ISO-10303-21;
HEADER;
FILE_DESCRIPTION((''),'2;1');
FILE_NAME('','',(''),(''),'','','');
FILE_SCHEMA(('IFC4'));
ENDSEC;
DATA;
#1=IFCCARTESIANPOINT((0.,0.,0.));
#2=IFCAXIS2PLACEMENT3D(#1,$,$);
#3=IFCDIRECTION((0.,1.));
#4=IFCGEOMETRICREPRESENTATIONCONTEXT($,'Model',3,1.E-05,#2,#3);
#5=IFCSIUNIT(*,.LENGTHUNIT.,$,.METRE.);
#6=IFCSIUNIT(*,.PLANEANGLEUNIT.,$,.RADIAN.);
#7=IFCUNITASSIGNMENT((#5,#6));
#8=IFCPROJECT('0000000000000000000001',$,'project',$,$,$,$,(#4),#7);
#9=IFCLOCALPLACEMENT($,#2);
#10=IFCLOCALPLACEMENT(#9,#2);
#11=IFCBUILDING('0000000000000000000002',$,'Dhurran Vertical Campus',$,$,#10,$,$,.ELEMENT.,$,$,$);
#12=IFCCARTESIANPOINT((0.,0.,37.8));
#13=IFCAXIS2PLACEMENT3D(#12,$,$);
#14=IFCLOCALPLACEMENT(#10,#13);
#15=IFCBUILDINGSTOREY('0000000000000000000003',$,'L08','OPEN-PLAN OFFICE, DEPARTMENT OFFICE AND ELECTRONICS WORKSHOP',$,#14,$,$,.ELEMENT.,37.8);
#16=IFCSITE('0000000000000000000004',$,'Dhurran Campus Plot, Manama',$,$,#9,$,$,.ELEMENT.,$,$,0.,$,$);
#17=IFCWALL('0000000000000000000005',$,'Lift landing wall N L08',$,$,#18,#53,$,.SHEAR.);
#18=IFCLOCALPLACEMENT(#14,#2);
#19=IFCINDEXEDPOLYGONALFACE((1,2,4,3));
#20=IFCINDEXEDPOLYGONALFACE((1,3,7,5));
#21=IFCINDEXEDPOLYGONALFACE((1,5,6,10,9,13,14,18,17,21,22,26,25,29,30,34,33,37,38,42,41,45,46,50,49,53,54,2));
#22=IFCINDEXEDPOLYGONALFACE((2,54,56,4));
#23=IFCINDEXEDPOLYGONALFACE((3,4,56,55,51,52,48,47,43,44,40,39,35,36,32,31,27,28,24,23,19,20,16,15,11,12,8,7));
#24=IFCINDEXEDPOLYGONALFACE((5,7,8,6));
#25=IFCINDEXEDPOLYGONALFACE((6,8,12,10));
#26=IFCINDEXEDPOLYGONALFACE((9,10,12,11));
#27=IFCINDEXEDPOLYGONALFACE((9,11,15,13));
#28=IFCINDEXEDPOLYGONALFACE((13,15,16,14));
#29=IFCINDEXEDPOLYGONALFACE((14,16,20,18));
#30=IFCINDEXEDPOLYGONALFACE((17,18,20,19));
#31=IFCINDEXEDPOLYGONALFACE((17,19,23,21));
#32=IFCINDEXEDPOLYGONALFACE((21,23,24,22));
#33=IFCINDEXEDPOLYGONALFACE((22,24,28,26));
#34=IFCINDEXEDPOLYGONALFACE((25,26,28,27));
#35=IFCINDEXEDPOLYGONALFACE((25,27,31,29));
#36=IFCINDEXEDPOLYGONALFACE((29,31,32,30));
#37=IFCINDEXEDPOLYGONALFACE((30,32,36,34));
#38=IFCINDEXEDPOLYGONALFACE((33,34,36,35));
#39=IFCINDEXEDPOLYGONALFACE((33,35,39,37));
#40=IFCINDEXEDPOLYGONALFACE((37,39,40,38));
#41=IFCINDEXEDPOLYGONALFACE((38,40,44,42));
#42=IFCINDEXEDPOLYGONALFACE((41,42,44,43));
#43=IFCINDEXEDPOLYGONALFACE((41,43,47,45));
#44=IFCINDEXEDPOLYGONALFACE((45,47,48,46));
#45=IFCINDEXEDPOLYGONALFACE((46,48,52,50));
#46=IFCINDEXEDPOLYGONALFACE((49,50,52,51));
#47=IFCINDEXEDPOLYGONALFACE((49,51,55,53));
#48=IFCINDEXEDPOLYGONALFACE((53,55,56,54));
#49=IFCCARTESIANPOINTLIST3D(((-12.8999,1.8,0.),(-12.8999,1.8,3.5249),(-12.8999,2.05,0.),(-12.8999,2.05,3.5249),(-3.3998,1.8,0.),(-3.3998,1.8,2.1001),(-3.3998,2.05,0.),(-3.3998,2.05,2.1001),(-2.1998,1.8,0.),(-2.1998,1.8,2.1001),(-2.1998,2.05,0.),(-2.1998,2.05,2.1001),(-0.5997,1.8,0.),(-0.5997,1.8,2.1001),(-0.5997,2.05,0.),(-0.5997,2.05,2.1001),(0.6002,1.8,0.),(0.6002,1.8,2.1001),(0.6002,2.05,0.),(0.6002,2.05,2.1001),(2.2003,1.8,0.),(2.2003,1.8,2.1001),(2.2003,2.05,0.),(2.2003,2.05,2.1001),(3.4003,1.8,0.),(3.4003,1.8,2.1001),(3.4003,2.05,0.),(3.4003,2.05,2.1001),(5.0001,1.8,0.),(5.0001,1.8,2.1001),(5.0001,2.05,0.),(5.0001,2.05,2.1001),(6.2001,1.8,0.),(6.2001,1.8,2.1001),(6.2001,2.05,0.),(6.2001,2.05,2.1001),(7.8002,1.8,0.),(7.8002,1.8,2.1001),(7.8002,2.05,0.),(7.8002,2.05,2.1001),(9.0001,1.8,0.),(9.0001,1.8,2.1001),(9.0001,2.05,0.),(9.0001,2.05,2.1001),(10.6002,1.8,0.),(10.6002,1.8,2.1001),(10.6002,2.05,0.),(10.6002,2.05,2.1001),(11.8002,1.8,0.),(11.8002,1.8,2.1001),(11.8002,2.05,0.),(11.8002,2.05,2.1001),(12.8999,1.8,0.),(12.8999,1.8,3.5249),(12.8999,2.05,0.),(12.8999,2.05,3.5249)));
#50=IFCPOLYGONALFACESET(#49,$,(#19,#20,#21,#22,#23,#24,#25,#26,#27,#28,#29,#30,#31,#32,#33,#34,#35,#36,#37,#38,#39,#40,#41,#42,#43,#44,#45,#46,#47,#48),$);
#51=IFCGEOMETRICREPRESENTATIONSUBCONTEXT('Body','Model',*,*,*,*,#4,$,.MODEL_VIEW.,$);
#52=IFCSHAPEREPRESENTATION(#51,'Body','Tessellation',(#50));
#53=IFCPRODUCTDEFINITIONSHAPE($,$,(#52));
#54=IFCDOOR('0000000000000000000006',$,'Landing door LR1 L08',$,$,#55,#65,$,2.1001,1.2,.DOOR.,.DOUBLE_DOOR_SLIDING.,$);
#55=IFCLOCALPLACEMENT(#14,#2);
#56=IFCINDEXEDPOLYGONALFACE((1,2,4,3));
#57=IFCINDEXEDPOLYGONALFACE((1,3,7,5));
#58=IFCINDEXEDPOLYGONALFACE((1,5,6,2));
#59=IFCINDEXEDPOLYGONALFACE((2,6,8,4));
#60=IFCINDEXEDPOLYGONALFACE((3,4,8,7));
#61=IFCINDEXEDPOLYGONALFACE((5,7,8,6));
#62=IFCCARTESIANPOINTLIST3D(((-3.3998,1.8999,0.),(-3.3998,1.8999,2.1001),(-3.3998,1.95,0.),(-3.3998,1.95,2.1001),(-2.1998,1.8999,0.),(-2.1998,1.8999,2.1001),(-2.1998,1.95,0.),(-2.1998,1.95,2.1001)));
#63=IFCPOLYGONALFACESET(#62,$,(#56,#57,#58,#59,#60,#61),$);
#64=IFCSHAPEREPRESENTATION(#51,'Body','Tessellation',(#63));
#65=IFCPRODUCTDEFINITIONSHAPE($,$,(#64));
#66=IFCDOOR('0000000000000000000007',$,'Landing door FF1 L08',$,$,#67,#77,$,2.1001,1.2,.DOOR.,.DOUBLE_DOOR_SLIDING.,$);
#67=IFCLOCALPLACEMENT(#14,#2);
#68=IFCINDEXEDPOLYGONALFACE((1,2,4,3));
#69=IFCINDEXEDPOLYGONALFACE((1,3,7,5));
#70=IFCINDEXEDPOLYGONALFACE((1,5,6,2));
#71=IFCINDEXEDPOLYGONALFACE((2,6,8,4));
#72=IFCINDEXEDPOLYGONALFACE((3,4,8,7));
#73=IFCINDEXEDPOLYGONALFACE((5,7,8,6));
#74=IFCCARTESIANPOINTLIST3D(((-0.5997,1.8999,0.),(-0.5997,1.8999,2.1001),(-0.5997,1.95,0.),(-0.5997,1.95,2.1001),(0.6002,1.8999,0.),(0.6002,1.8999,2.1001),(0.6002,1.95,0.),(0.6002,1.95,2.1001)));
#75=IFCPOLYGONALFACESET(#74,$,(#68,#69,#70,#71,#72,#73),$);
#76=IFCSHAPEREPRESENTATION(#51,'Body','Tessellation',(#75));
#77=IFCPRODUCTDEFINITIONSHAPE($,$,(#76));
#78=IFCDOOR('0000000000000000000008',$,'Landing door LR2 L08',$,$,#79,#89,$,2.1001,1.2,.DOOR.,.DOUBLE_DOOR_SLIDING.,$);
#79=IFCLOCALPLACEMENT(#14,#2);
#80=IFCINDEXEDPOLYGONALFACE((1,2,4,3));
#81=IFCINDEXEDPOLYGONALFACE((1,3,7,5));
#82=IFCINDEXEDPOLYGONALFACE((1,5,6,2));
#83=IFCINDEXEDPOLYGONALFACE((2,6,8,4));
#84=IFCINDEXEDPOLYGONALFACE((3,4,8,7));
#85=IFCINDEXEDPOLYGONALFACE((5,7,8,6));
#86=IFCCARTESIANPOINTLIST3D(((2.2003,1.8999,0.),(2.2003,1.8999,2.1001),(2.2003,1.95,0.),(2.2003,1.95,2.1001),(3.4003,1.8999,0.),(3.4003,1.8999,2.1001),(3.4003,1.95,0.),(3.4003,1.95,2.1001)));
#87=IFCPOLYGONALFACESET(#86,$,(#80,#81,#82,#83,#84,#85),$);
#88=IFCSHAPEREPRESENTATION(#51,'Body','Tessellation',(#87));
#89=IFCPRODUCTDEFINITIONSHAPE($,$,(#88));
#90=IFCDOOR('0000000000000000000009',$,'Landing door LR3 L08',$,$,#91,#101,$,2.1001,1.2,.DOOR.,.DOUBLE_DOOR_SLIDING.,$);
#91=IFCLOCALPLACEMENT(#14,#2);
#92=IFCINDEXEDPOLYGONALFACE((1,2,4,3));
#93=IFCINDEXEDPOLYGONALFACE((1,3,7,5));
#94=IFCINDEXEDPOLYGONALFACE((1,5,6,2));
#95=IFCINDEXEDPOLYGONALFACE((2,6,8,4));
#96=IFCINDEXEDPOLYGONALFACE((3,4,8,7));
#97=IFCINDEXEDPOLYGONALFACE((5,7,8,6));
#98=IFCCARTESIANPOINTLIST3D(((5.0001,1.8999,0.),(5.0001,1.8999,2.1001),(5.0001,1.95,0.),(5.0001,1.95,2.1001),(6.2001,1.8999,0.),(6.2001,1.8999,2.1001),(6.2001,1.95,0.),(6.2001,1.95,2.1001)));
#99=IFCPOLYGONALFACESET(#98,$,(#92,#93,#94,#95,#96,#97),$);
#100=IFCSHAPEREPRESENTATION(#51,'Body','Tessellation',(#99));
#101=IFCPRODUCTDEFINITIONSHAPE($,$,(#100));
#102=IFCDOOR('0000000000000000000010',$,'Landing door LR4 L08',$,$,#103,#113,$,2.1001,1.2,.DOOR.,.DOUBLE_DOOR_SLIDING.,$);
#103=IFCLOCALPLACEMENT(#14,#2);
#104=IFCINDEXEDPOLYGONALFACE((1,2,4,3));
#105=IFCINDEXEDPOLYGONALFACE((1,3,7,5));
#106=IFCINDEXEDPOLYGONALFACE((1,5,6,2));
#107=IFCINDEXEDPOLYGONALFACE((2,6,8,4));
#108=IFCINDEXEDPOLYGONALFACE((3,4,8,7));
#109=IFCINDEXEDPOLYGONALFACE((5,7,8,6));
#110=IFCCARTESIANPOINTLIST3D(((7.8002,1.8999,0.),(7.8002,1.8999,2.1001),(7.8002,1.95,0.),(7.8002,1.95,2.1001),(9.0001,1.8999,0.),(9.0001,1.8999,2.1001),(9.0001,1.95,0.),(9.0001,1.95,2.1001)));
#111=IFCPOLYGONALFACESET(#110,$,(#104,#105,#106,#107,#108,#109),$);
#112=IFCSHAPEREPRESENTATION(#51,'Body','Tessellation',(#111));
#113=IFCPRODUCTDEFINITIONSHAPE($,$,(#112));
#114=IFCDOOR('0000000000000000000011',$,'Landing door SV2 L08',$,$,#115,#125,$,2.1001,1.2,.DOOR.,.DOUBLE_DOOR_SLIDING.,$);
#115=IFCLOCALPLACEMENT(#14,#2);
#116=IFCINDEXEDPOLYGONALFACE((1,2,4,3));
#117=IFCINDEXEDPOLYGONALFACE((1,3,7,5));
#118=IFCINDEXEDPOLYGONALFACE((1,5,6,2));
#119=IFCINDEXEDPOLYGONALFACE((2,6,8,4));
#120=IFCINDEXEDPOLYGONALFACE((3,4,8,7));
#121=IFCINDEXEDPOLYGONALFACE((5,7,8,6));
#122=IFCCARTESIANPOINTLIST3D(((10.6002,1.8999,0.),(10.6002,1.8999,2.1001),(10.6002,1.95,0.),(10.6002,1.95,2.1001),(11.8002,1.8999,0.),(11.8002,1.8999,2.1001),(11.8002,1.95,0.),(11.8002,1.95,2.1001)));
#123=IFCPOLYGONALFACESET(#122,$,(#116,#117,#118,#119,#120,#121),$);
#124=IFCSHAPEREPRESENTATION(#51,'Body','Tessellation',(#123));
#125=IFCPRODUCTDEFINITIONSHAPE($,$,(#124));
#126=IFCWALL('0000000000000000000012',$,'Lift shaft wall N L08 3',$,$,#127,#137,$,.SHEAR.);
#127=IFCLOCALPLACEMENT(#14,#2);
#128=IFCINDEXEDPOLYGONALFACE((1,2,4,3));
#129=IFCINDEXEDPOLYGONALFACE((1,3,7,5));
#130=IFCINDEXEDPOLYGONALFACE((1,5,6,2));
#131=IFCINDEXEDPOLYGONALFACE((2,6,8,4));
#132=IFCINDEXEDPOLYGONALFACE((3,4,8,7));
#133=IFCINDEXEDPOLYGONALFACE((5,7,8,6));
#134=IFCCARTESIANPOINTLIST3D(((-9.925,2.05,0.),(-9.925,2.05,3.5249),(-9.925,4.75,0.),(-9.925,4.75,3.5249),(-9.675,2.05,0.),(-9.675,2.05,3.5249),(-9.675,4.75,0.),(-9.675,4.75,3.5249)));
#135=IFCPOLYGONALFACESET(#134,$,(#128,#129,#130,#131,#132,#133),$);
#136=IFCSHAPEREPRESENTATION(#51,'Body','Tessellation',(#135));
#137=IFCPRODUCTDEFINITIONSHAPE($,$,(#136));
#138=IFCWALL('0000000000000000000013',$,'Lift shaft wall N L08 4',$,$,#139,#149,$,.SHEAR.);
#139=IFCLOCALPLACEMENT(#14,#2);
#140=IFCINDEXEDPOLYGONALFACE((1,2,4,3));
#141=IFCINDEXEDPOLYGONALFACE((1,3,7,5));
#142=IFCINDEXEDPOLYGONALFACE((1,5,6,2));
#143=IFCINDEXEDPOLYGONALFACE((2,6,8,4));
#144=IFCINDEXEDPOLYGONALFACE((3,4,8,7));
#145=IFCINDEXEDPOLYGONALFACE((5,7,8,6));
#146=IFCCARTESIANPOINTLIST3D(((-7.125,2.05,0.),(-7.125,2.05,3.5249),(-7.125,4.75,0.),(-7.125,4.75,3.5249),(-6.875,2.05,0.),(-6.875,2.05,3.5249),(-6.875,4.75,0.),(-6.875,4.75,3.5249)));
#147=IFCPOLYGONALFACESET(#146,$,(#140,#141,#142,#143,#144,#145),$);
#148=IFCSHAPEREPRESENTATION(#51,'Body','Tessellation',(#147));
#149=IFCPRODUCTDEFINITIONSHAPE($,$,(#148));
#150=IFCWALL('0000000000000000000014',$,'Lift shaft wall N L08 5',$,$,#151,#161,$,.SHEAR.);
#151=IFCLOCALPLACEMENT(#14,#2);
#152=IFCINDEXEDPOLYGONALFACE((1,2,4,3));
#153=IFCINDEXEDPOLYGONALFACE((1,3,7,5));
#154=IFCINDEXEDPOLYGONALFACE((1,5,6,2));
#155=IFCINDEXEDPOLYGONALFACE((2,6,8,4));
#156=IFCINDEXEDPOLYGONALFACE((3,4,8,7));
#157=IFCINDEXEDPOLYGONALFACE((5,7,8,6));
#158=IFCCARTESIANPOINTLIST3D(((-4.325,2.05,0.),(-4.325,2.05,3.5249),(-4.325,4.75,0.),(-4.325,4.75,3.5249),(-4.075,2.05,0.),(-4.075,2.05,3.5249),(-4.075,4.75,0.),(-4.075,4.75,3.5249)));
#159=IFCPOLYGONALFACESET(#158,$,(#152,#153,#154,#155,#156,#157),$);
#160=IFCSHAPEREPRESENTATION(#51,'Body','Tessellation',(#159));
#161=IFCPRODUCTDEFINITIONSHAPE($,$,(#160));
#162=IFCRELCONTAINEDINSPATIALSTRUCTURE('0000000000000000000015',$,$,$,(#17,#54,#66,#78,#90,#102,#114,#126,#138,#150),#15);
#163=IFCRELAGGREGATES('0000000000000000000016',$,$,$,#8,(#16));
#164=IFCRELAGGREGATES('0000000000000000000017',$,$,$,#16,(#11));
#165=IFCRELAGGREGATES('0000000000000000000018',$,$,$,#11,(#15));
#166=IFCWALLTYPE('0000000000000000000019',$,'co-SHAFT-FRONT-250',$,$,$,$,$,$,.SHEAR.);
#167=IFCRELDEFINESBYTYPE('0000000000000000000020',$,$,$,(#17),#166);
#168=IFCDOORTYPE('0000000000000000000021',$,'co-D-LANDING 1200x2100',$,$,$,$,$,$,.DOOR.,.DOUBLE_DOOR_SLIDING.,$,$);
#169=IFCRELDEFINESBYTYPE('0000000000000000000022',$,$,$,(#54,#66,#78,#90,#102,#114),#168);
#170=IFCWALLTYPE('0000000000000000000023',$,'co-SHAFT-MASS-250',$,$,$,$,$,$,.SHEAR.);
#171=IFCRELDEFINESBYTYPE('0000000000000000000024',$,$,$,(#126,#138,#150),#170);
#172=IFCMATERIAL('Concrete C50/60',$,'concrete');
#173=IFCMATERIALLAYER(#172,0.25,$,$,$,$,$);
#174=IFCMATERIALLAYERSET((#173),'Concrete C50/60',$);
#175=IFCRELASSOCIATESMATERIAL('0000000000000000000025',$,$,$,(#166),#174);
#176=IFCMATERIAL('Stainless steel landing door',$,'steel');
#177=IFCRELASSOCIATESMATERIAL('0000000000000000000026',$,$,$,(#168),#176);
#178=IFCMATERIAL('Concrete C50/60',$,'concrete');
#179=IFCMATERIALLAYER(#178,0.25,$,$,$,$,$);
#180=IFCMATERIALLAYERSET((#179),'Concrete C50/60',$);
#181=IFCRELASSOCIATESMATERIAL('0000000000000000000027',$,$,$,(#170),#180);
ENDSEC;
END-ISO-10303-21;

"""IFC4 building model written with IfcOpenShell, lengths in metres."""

from ifc_helpers import new_model, si_unit, direction, frame, frame_2d, origin, place, context, subcontext, project, spatial, polyline, rectangle, outline, extrude, material, layer, layer_set, type_object, element, fill, save


model = new_model("IFC4")

# Units and contexts
model_context = context("Model", 3, precision=1e-05, world=origin(), true_north=direction((0.0, 1.0)))
body_context = subcontext(model_context, "Body", "Model", "MODEL_VIEW")
ifc_project = project(units=[si_unit("LENGTHUNIT", "METRE"), si_unit("PLANEANGLEUNIT", "RADIAN")], contexts=[model_context])

# Site, building, storey
site_placement = place(None, origin())
site = spatial("IfcSite", under=ifc_project, at=site_placement, Name="Dhurran Campus Plot, Manama", CompositionType="ELEMENT", RefElevation=0.0)
building_placement = place(site_placement, origin())
building = spatial("IfcBuilding", under=site, at=building_placement, Name="Dhurran Vertical Campus", CompositionType="ELEMENT")
storey_placement = place(building_placement, frame((0.0, 0.0, 37.8)))
storey = spatial("IfcBuildingStorey", under=building, at=storey_placement, Name="L08", Description="OPEN-PLAN OFFICE, DEPARTMENT OFFICE AND ELECTRONICS WORKSHOP", CompositionType="ELEMENT", Elevation=37.8)

# Wall, openings, doors
ifc_material_1 = material(Name="Concrete C50/60", Category="concrete")
ifc_layer_1 = layer(ifc_material_1, 0.25)
ifc_layer_set_1 = layer_set([ifc_layer_1], Name="Concrete C50/60")
wall_type_1 = type_object("IfcWallType", Name="co-SHAFT-FRONT-250", PredefinedType="SHEAR", material=ifc_layer_set_1)
wall_1_placement = place(storey_placement, frame((-12.8999, 1.925, 0.0), z_axis=(0.0, 0.0, 1.0), x_axis=(1.0, 0.0, 0.0)))
wall_1 = element("IfcWall", 1, at=wall_1_placement, inside=storey, type_object=wall_type_1, Name="Lift landing wall N L08", PredefinedType="SHEAR", context=body_context, shape_type="SweptSolid", body=[
    extrude(rectangle(XDim=25.7998, YDim=0.25, at=frame_2d((12.8999, 0.0))), origin(), (0.0, 0.0, 1.0), 3.5249),
])
opening_1_placement = place(wall_1_placement, frame((9.5, 0.0, 0.0)))
opening_1 = element("IfcOpeningElement", 2, at=opening_1_placement, cuts=wall_1, PredefinedType="OPENING", context=body_context, shape_type="SweptSolid", body=[
    extrude(rectangle(XDim=1.2, YDim=2.1001, at=frame_2d((0.6001, 1.05))), frame((0.0, 0.135, 0.0), z_axis=(0.0, -1.0, 0.0), x_axis=(1.0, 0.0, 0.0)), (0.0, 0.0, 1.0), 0.27),
])
opening_2_placement = place(wall_1_placement, frame((12.3, 0.0, 0.0)))
opening_2 = element("IfcOpeningElement", 3, at=opening_2_placement, cuts=wall_1, PredefinedType="OPENING", context=body_context, shape_type="SweptSolid", body=[
    extrude(rectangle(XDim=1.2, YDim=2.1001, at=frame_2d((0.6001, 1.05))), frame((0.0, 0.135, 0.0), z_axis=(0.0, -1.0, 0.0), x_axis=(1.0, 0.0, 0.0)), (0.0, 0.0, 1.0), 0.27),
])
opening_3_placement = place(wall_1_placement, frame((15.1001, 0.0, 0.0)))
opening_3 = element("IfcOpeningElement", 4, at=opening_3_placement, cuts=wall_1, PredefinedType="OPENING", context=body_context, shape_type="SweptSolid", body=[
    extrude(rectangle(XDim=1.2, YDim=2.1001, at=frame_2d((0.6001, 1.05))), frame((0.0, 0.135, 0.0), z_axis=(0.0, -1.0, 0.0), x_axis=(1.0, 0.0, 0.0)), (0.0, 0.0, 1.0), 0.27),
])
opening_4_placement = place(wall_1_placement, frame((17.8999, 0.0, 0.0)))
opening_4 = element("IfcOpeningElement", 5, at=opening_4_placement, cuts=wall_1, PredefinedType="OPENING", context=body_context, shape_type="SweptSolid", body=[
    extrude(rectangle(XDim=1.2, YDim=2.1001, at=frame_2d((0.6001, 1.05))), frame((0.0, 0.135, 0.0), z_axis=(0.0, -1.0, 0.0), x_axis=(1.0, 0.0, 0.0)), (0.0, 0.0, 1.0), 0.27),
])
opening_5_placement = place(wall_1_placement, frame((20.7, 0.0, 0.0)))
opening_5 = element("IfcOpeningElement", 6, at=opening_5_placement, cuts=wall_1, PredefinedType="OPENING", context=body_context, shape_type="SweptSolid", body=[
    extrude(rectangle(XDim=1.2, YDim=2.1001, at=frame_2d((0.6001, 1.05))), frame((0.0, 0.135, 0.0), z_axis=(0.0, -1.0, 0.0), x_axis=(1.0, 0.0, 0.0)), (0.0, 0.0, 1.0), 0.27),
])
opening_6_placement = place(wall_1_placement, frame((23.5, 0.0, 0.0)))
opening_6 = element("IfcOpeningElement", 7, at=opening_6_placement, cuts=wall_1, PredefinedType="OPENING", context=body_context, shape_type="SweptSolid", body=[
    extrude(rectangle(XDim=1.2, YDim=2.1001, at=frame_2d((0.6001, 1.05))), frame((0.0, 0.135, 0.0), z_axis=(0.0, -1.0, 0.0), x_axis=(1.0, 0.0, 0.0)), (0.0, 0.0, 1.0), 0.27),
])
ifc_material_2 = material(Name="Stainless steel landing door", Category="steel")
door_type_1 = type_object("IfcDoorType", Name="co-D-LANDING 1200x2100", OperationType="DOUBLE_DOOR_SLIDING", PredefinedType="DOOR", material=ifc_material_2)
door_1_placement = place(opening_1_placement, origin())
door_1 = element("IfcDoor", 8, at=door_1_placement, inside=storey, type_object=door_type_1, Name="Landing door LR1 L08", OperationType="DOUBLE_DOOR_SLIDING", OverallHeight=2.1001, OverallWidth=1.2, PredefinedType="DOOR", context=body_context, shape_type="SweptSolid", body=[
    extrude(rectangle(XDim=1.2, YDim=2.1001, at=frame_2d((0.6001, 1.05))), frame((0.0, 0.0249, 0.0), z_axis=(0.0, -1.0, 0.0), x_axis=(1.0, 0.0, 0.0)), (0.0, 0.0, 1.0), 0.05),
])
fill(opening_1, door_1)
door_2_placement = place(opening_2_placement, origin())
door_2 = element("IfcDoor", 9, at=door_2_placement, inside=storey, type_object=door_type_1, Name="Landing door FF1 L08", OperationType="DOUBLE_DOOR_SLIDING", OverallHeight=2.1001, OverallWidth=1.2, PredefinedType="DOOR", context=body_context, shape_type="SweptSolid", body=[
    extrude(rectangle(XDim=1.2, YDim=2.1001, at=frame_2d((0.6001, 1.05))), frame((0.0, 0.0249, 0.0), z_axis=(0.0, -1.0, 0.0), x_axis=(1.0, 0.0, 0.0)), (0.0, 0.0, 1.0), 0.05),
])
fill(opening_2, door_2)
door_3_placement = place(opening_3_placement, origin())
door_3 = element("IfcDoor", 10, at=door_3_placement, inside=storey, type_object=door_type_1, Name="Landing door LR2 L08", OperationType="DOUBLE_DOOR_SLIDING", OverallHeight=2.1001, OverallWidth=1.2, PredefinedType="DOOR", context=body_context, shape_type="SweptSolid", body=[
    extrude(rectangle(XDim=1.2, YDim=2.1001, at=frame_2d((0.6001, 1.05))), frame((0.0, 0.0249, 0.0), z_axis=(0.0, -1.0, 0.0), x_axis=(1.0, 0.0, 0.0)), (0.0, 0.0, 1.0), 0.05),
])
fill(opening_3, door_3)
door_4_placement = place(opening_4_placement, origin())
door_4 = element("IfcDoor", 11, at=door_4_placement, inside=storey, type_object=door_type_1, Name="Landing door LR3 L08", OperationType="DOUBLE_DOOR_SLIDING", OverallHeight=2.1001, OverallWidth=1.2, PredefinedType="DOOR", context=body_context, shape_type="SweptSolid", body=[
    extrude(rectangle(XDim=1.2, YDim=2.1001, at=frame_2d((0.6001, 1.05))), frame((0.0, 0.0249, 0.0), z_axis=(0.0, -1.0, 0.0), x_axis=(1.0, 0.0, 0.0)), (0.0, 0.0, 1.0), 0.05),
])
fill(opening_4, door_4)
door_5_placement = place(opening_5_placement, origin())
door_5 = element("IfcDoor", 12, at=door_5_placement, inside=storey, type_object=door_type_1, Name="Landing door LR4 L08", OperationType="DOUBLE_DOOR_SLIDING", OverallHeight=2.1001, OverallWidth=1.2, PredefinedType="DOOR", context=body_context, shape_type="SweptSolid", body=[
    extrude(rectangle(XDim=1.2, YDim=2.1001, at=frame_2d((0.6001, 1.05))), frame((0.0, 0.0249, 0.0), z_axis=(0.0, -1.0, 0.0), x_axis=(1.0, 0.0, 0.0)), (0.0, 0.0, 1.0), 0.05),
])
fill(opening_5, door_5)
door_6_placement = place(opening_6_placement, origin())
door_6 = element("IfcDoor", 13, at=door_6_placement, inside=storey, type_object=door_type_1, Name="Landing door SV2 L08", OperationType="DOUBLE_DOOR_SLIDING", OverallHeight=2.1001, OverallWidth=1.2, PredefinedType="DOOR", context=body_context, shape_type="SweptSolid", body=[
    extrude(rectangle(XDim=1.2, YDim=2.1001, at=frame_2d((0.6001, 1.05))), frame((0.0, 0.0249, 0.0), z_axis=(0.0, -1.0, 0.0), x_axis=(1.0, 0.0, 0.0)), (0.0, 0.0, 1.0), 0.05),
])
fill(opening_6, door_6)

# Walls
ifc_material_3 = material(Name="Concrete C50/60", Category="concrete")
ifc_layer_2 = layer(ifc_material_3, 0.25)
ifc_layer_set_2 = layer_set([ifc_layer_2], Name="Concrete C50/60")
wall_type_2 = type_object("IfcWallType", Name="co-SHAFT-MASS-250", PredefinedType="SHEAR", material=ifc_layer_set_2)
wall_2_placement = place(storey_placement, origin())
element("IfcWall", 14, at=wall_2_placement, inside=storey, type_object=wall_type_2, Name="Lift shaft wall N L08 3", PredefinedType="SHEAR", context=body_context, shape_type="SweptSolid", body=[
    extrude(outline(polyline([(-9.925, 2.05), (-9.675, 2.05), (-9.675, 4.75), (-9.925, 4.75), (-9.925, 2.05)])), origin(), (0.0, 0.0, 1.0), 3.5249),
])
wall_3_placement = place(storey_placement, origin())
element("IfcWall", 15, at=wall_3_placement, inside=storey, type_object=wall_type_2, Name="Lift shaft wall N L08 4", PredefinedType="SHEAR", context=body_context, shape_type="SweptSolid", body=[
    extrude(outline(polyline([(-7.125, 2.05), (-6.875, 2.05), (-6.875, 4.75), (-7.125, 4.75), (-7.125, 2.05)])), origin(), (0.0, 0.0, 1.0), 3.5249),
])
wall_4_placement = place(storey_placement, origin())
element("IfcWall", 16, at=wall_4_placement, inside=storey, type_object=wall_type_2, Name="Lift shaft wall N L08 5", PredefinedType="SHEAR", context=body_context, shape_type="SweptSolid", body=[
    extrude(outline(polyline([(-4.325, 2.05), (-4.075, 2.05), (-4.075, 4.75), (-4.325, 4.75), (-4.325, 2.05)])), origin(), (0.0, 0.0, 1.0), 3.5249),
])

save(model, "model.ifc")
